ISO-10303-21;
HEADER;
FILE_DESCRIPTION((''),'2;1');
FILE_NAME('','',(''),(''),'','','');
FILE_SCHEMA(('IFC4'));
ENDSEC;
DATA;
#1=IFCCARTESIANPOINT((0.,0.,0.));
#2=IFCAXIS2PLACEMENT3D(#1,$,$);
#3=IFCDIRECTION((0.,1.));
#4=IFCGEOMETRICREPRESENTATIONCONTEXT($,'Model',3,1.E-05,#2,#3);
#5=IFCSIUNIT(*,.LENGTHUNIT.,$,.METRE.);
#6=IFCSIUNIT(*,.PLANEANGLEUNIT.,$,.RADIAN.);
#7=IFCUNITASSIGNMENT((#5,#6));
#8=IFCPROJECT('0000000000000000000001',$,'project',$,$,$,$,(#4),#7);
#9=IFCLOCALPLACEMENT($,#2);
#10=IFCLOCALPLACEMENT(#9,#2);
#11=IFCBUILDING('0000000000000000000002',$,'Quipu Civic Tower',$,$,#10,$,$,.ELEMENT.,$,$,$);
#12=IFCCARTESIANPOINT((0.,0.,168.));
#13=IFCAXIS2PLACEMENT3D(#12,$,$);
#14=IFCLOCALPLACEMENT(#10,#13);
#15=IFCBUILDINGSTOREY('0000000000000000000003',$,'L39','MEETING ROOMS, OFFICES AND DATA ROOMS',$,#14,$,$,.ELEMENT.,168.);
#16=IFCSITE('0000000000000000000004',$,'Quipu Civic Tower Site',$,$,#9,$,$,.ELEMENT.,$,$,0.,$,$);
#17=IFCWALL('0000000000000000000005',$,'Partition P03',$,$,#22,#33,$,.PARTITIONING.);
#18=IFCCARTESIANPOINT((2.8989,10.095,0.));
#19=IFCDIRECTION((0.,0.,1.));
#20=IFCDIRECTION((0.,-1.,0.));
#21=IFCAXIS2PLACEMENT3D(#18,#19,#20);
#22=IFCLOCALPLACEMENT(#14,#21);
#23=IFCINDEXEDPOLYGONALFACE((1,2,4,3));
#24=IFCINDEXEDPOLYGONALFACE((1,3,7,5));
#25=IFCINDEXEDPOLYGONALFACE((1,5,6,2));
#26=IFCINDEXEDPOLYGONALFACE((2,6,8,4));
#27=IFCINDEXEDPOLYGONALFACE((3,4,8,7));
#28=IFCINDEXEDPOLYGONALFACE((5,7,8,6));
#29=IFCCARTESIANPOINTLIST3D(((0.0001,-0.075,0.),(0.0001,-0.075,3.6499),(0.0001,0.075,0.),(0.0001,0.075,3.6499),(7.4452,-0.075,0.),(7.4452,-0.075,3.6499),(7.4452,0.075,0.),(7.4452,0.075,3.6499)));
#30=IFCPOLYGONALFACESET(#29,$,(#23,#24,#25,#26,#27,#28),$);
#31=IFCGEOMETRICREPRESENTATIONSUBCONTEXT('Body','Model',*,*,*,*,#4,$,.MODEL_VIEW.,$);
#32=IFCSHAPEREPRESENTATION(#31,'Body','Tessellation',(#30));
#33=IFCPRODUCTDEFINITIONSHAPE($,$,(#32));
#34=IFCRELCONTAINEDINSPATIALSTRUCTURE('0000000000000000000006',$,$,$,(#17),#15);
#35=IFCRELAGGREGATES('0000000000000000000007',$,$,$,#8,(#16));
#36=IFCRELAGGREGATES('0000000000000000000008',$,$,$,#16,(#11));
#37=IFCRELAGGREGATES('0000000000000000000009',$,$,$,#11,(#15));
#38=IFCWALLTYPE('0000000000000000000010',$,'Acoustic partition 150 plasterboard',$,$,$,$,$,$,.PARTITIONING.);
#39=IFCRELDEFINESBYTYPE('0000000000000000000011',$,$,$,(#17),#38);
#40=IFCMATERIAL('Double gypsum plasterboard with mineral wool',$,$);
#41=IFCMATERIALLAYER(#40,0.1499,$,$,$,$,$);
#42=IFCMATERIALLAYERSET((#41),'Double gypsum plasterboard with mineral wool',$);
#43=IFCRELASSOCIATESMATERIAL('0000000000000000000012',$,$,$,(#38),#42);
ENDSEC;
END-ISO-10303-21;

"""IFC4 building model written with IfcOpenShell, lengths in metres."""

from ifc_helpers import new_model, si_unit, direction, frame, frame_2d, origin, place, context, subcontext, project, spatial, rectangle, extrude, material, layer, layer_set, type_object, element, save


model = new_model("IFC4")

# Units and contexts
model_context = context("Model", 3, precision=1e-05, world=origin(), true_north=direction((0.0, 1.0)))
body_context = subcontext(model_context, "Body", "Model", "MODEL_VIEW")
ifc_project = project(units=[si_unit("LENGTHUNIT", "METRE"), si_unit("PLANEANGLEUNIT", "RADIAN")], contexts=[model_context])

# Site, building, storey
site_placement = place(None, origin())
site = spatial("IfcSite", under=ifc_project, at=site_placement, Name="Quipu Civic Tower Site", CompositionType="ELEMENT", RefElevation=0.0)
building_placement = place(site_placement, origin())
building = spatial("IfcBuilding", under=site, at=building_placement, Name="Quipu Civic Tower", CompositionType="ELEMENT")
storey_placement = place(building_placement, frame((0.0, 0.0, 168.0)))
storey = spatial("IfcBuildingStorey", under=building, at=storey_placement, Name="L39", Description="MEETING ROOMS, OFFICES AND DATA ROOMS", CompositionType="ELEMENT", Elevation=168.0)

# Wall
ifc_material_1 = material(Name="Double gypsum plasterboard with mineral wool")
ifc_layer_1 = layer(ifc_material_1, 0.1499)
ifc_layer_set_1 = layer_set([ifc_layer_1], Name="Double gypsum plasterboard with mineral wool")
wall_type_1 = type_object("IfcWallType", Name="Acoustic partition 150 plasterboard", PredefinedType="PARTITIONING", material=ifc_layer_set_1)
wall_1_placement = place(storey_placement, frame((2.8989, 10.095, 0.0), z_axis=(0.0, 0.0, 1.0), x_axis=(0.0, -1.0, 0.0)))
element("IfcWall", 1, at=wall_1_placement, inside=storey, type_object=wall_type_1, Name="Partition P03", PredefinedType="PARTITIONING", context=body_context, shape_type="SweptSolid", body=[
    extrude(rectangle(XDim=7.4451, YDim=0.1499, at=frame_2d((3.7227, 0.0))), origin(), (0.0, 0.0, 1.0), 3.6499),
])

save(model, "model.ifc")
